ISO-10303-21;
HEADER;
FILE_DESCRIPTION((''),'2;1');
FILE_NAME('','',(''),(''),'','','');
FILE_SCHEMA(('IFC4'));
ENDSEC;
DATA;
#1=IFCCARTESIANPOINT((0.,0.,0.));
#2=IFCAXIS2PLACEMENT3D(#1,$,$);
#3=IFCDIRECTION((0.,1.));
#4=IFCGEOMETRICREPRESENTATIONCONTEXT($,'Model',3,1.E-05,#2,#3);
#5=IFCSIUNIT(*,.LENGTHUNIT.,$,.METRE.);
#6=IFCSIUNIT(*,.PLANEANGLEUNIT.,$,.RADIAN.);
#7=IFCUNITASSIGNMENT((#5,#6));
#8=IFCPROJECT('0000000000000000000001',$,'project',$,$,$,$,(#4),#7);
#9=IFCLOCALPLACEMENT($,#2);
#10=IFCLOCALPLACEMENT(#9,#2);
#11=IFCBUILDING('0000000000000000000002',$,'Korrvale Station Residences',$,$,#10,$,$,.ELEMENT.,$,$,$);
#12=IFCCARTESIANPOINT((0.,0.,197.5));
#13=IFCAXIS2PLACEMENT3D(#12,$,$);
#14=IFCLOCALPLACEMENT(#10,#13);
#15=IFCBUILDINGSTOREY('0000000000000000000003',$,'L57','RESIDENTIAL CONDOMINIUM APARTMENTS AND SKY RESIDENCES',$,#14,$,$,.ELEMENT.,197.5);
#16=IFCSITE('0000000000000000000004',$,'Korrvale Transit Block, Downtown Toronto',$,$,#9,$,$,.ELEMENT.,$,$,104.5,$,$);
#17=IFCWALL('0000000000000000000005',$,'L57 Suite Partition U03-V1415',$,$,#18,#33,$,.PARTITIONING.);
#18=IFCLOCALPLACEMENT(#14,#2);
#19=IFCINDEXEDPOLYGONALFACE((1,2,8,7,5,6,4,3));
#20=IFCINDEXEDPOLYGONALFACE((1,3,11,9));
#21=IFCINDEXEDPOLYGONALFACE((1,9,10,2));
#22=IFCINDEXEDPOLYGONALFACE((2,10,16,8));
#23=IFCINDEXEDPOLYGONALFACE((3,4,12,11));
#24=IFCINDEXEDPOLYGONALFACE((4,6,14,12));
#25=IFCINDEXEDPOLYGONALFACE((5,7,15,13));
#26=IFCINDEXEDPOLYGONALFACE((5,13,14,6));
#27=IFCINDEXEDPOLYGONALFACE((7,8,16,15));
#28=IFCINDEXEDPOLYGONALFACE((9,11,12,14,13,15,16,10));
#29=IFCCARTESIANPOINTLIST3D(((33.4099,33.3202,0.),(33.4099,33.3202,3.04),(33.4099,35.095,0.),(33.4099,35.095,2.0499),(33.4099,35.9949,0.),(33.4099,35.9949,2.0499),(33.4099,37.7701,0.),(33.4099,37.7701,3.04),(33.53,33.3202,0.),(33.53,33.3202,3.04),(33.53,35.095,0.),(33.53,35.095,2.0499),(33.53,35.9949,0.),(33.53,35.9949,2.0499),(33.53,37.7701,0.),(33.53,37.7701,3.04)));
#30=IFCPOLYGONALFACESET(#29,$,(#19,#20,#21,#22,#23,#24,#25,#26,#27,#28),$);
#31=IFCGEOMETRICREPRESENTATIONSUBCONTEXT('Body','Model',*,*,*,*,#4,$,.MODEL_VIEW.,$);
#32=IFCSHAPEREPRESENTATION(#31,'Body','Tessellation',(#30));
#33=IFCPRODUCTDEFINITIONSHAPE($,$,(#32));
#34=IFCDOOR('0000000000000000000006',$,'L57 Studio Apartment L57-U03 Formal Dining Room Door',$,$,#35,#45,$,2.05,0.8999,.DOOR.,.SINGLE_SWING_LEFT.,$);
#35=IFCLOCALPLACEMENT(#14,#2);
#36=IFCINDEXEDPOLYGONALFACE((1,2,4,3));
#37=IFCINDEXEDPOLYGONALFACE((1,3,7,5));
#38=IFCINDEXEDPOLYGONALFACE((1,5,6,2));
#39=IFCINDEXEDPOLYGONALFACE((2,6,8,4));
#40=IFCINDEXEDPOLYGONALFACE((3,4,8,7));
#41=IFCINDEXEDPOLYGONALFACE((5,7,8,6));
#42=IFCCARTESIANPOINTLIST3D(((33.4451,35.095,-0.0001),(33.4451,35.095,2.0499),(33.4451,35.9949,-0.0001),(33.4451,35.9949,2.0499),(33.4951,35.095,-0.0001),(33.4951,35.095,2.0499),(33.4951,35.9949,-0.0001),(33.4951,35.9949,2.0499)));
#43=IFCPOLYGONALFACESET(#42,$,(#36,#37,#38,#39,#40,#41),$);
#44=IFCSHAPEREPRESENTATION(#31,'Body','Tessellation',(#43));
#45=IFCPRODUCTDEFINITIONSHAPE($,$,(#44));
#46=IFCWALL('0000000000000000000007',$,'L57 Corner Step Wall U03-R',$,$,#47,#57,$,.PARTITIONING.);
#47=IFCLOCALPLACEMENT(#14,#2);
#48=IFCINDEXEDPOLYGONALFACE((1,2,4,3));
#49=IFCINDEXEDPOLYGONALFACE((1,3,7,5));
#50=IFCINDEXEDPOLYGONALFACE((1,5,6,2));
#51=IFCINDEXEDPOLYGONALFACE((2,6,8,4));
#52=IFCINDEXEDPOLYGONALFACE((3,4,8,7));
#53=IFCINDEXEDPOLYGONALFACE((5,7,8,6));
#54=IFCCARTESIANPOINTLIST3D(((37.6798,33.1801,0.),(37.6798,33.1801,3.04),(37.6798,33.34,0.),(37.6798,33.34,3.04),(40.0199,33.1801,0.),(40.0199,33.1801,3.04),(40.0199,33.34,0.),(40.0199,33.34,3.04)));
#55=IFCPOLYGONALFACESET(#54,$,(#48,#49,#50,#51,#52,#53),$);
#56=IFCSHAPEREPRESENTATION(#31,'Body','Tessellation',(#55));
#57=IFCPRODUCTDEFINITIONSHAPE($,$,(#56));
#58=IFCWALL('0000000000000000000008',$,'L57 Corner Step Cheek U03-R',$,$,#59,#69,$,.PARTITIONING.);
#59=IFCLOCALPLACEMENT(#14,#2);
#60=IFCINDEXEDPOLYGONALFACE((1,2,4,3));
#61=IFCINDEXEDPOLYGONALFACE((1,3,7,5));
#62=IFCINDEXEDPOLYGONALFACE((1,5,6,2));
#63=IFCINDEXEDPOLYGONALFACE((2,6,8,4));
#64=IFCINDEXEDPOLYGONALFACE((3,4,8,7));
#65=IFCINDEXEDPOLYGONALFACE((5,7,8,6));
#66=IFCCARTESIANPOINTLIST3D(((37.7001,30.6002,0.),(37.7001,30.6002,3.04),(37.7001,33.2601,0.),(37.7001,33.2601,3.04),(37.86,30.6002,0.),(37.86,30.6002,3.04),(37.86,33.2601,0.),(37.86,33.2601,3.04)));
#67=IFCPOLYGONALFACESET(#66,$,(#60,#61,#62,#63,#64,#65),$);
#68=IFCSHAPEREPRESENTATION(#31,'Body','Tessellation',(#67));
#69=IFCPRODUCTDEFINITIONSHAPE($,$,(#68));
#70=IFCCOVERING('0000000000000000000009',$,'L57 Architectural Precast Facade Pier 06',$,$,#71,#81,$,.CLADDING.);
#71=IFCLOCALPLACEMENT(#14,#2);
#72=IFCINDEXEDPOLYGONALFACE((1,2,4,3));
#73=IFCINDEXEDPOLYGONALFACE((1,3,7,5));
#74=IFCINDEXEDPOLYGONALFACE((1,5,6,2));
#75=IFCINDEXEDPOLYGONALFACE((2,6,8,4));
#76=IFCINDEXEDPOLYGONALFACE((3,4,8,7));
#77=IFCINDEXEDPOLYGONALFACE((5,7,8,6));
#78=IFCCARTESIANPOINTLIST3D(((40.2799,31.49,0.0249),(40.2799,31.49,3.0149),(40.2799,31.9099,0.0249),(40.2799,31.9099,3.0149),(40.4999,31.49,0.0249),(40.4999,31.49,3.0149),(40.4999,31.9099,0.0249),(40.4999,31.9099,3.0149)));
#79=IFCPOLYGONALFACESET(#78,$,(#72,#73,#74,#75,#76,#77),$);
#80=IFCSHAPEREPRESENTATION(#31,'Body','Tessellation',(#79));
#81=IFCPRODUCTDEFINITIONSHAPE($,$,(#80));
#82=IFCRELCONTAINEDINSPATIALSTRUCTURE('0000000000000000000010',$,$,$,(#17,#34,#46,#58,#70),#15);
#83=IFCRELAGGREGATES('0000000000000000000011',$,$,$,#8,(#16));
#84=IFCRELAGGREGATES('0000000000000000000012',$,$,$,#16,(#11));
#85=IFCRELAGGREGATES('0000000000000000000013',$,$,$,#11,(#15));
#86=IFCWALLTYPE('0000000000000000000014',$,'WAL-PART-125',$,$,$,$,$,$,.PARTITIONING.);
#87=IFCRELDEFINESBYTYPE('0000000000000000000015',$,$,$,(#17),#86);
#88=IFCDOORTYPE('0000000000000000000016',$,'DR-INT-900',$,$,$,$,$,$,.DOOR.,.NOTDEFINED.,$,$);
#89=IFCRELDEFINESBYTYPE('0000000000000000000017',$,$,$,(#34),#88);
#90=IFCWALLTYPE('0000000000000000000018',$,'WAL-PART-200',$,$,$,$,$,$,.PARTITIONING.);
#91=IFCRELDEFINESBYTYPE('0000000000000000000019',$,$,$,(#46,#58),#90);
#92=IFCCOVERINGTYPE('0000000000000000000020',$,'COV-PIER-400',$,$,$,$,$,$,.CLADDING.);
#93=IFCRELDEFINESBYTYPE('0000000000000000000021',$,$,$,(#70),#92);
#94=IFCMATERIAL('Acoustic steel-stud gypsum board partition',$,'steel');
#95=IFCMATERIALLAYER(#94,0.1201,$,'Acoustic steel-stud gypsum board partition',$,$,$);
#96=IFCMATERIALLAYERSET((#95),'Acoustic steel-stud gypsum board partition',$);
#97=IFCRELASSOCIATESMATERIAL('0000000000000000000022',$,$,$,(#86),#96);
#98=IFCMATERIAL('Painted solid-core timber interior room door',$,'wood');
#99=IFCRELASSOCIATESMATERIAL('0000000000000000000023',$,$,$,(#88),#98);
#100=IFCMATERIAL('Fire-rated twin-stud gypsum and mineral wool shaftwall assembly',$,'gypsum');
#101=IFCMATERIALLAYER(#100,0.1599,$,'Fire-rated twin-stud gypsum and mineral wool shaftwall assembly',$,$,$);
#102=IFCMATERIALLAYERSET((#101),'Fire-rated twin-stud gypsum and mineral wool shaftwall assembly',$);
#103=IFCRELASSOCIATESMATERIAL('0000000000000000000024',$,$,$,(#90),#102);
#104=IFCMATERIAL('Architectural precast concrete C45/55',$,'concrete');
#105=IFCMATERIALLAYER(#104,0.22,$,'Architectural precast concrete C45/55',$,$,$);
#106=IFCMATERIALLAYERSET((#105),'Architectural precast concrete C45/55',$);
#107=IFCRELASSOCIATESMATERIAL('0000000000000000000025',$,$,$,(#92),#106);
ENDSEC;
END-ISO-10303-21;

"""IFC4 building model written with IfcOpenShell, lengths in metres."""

from ifc_helpers import new_model, si_unit, direction, frame, frame_2d, origin, origin_2d, place, context, subcontext, project, spatial, rectangle, extrude, material, layer, layer_set, type_object, element, fill, save


model = new_model("IFC4")

# Units and contexts
model_context = context("Model", 3, precision=1e-05, world=origin(), true_north=direction((0.0, 1.0)))
body_context = subcontext(model_context, "Body", "Model", "MODEL_VIEW")
ifc_project = project(units=[si_unit("LENGTHUNIT", "METRE"), si_unit("PLANEANGLEUNIT", "RADIAN")], contexts=[model_context])

# Site, building, storey
site_placement = place(None, origin())
site = spatial("IfcSite", under=ifc_project, at=site_placement, Name="Korrvale Transit Block, Downtown Toronto", CompositionType="ELEMENT", RefElevation=104.5)
building_placement = place(site_placement, origin())
building = spatial("IfcBuilding", under=site, at=building_placement, Name="Korrvale Station Residences", CompositionType="ELEMENT")
storey_placement = place(building_placement, frame((0.0, 0.0, 197.5)))
storey = spatial("IfcBuildingStorey", under=building, at=storey_placement, Name="L57", Description="RESIDENTIAL CONDOMINIUM APARTMENTS AND SKY RESIDENCES", CompositionType="ELEMENT", Elevation=197.5)

# Wall, opening, door
ifc_material_1 = material(Name="Acoustic steel-stud gypsum board partition", Category="steel")
ifc_layer_1 = layer(ifc_material_1, 0.1201, Name="Acoustic steel-stud gypsum board partition")
ifc_layer_set_1 = layer_set([ifc_layer_1], Name="Acoustic steel-stud gypsum board partition")
wall_type_1 = type_object("IfcWallType", Name="WAL-PART-125", PredefinedType="PARTITIONING", material=ifc_layer_set_1)
ifc_material_2 = material(Name="Painted solid-core timber interior room door", Category="wood")
door_type = type_object("IfcDoorType", Name="DR-INT-900", OperationType="NOTDEFINED", PredefinedType="DOOR", material=ifc_material_2)
wall_1_placement = place(storey_placement, frame((33.47, 33.3201, 0.0), z_axis=(0.0, 0.0, 1.0), x_axis=(0.0, 1.0, 0.0)))
wall_1 = element("IfcWall", 1, at=wall_1_placement, inside=storey, type_object=wall_type_1, Name="L57 Suite Partition U03-V1415", PredefinedType="PARTITIONING", context=body_context, shape_type="SweptSolid", body=[
    extrude(rectangle(XDim=4.45, YDim=0.1201, at=frame_2d((2.2251, 0.0))), origin(), (0.0, 0.0, 1.0), 3.04),
])
opening_1_placement = place(wall_1_placement, frame((1.7749, 0.0, 0.0)))
opening_1 = element("IfcOpeningElement", 2, at=opening_1_placement, cuts=wall_1, PredefinedType="OPENING", context=body_context, shape_type="SweptSolid", body=[
    extrude(rectangle(XDim=0.8999, YDim=2.05, at=frame_2d((0.45, 1.0249))), frame((0.0, 0.0701, 0.0), z_axis=(0.0, -1.0, 0.0), x_axis=(1.0, 0.0, 0.0)), (0.0, 0.0, 1.0), 0.1401),
])
door_1_placement = place(opening_1_placement, origin())
door_1 = element("IfcDoor", 3, at=door_1_placement, inside=storey, type_object=door_type, Name="L57 Studio Apartment L57-U03 Formal Dining Room Door", OperationType="SINGLE_SWING_LEFT", OverallHeight=2.05, OverallWidth=0.8999, PredefinedType="DOOR", context=body_context, shape_type="SweptSolid", body=[
    extrude(rectangle(XDim=0.8999, YDim=2.05, at=frame_2d((0.45, 1.0249))), frame((0.0, 0.0249, 0.0), z_axis=(0.0, -1.0, 0.0), x_axis=(1.0, 0.0, 0.0)), (0.0, 0.0, 1.0), 0.05),
])
fill(opening_1, door_1)

# Walls
ifc_material_3 = material(Name="Fire-rated twin-stud gypsum and mineral wool shaftwall assembly", Category="gypsum")
ifc_layer_2 = layer(ifc_material_3, 0.1599, Name="Fire-rated twin-stud gypsum and mineral wool shaftwall assembly")
ifc_layer_set_2 = layer_set([ifc_layer_2], Name="Fire-rated twin-stud gypsum and mineral wool shaftwall assembly")
wall_type_2 = type_object("IfcWallType", Name="WAL-PART-200", PredefinedType="PARTITIONING", material=ifc_layer_set_2)
wall_2_placement = place(storey_placement, frame((37.6799, 33.26, 0.0), z_axis=(0.0, 0.0, 1.0), x_axis=(1.0, 0.0, 0.0)))
element("IfcWall", 4, at=wall_2_placement, inside=storey, type_object=wall_type_2, Name="L57 Corner Step Wall U03-R", PredefinedType="PARTITIONING", context=body_context, shape_type="SweptSolid", body=[
    extrude(rectangle(XDim=2.3401, YDim=0.1599, at=frame_2d((1.1699, 0.0))), origin(), (0.0, 0.0, 1.0), 3.04),
])
wall_3_placement = place(storey_placement, frame((37.78, 30.6001, 0.0), z_axis=(0.0, 0.0, 1.0), x_axis=(0.0, 1.0, 0.0)))
element("IfcWall", 5, at=wall_3_placement, inside=storey, type_object=wall_type_2, Name="L57 Corner Step Cheek U03-R", PredefinedType="PARTITIONING", context=body_context, shape_type="SweptSolid", body=[
    extrude(rectangle(XDim=2.6599, YDim=0.1599, at=frame_2d((1.3301, 0.0))), origin(), (0.0, 0.0, 1.0), 3.04),
])

# Covering
ifc_material_4 = material(Name="Architectural precast concrete C45/55", Category="concrete")
ifc_layer_3 = layer(ifc_material_4, 0.22, Name="Architectural precast concrete C45/55")
ifc_layer_set_3 = layer_set([ifc_layer_3], Name="Architectural precast concrete C45/55")
covering_type = type_object("IfcCoveringType", Name="COV-PIER-400", PredefinedType="CLADDING", material=ifc_layer_set_3)
covering_placement = place(storey_placement, frame((40.3899, 31.7, 0.0249), z_axis=(0.0, 0.0, 1.0), x_axis=(0.0, 1.0, 0.0)))
element("IfcCovering", 6, at=covering_placement, inside=storey, type_object=covering_type, Name="L57 Architectural Precast Facade Pier 06", PredefinedType="CLADDING", context=body_context, shape_type="SweptSolid", body=[
    extrude(rectangle(XDim=0.4199, YDim=0.22, at=origin_2d()), origin(), (0.0, 0.0, 1.0), 2.99),
])

save(model, "model.ifc")
